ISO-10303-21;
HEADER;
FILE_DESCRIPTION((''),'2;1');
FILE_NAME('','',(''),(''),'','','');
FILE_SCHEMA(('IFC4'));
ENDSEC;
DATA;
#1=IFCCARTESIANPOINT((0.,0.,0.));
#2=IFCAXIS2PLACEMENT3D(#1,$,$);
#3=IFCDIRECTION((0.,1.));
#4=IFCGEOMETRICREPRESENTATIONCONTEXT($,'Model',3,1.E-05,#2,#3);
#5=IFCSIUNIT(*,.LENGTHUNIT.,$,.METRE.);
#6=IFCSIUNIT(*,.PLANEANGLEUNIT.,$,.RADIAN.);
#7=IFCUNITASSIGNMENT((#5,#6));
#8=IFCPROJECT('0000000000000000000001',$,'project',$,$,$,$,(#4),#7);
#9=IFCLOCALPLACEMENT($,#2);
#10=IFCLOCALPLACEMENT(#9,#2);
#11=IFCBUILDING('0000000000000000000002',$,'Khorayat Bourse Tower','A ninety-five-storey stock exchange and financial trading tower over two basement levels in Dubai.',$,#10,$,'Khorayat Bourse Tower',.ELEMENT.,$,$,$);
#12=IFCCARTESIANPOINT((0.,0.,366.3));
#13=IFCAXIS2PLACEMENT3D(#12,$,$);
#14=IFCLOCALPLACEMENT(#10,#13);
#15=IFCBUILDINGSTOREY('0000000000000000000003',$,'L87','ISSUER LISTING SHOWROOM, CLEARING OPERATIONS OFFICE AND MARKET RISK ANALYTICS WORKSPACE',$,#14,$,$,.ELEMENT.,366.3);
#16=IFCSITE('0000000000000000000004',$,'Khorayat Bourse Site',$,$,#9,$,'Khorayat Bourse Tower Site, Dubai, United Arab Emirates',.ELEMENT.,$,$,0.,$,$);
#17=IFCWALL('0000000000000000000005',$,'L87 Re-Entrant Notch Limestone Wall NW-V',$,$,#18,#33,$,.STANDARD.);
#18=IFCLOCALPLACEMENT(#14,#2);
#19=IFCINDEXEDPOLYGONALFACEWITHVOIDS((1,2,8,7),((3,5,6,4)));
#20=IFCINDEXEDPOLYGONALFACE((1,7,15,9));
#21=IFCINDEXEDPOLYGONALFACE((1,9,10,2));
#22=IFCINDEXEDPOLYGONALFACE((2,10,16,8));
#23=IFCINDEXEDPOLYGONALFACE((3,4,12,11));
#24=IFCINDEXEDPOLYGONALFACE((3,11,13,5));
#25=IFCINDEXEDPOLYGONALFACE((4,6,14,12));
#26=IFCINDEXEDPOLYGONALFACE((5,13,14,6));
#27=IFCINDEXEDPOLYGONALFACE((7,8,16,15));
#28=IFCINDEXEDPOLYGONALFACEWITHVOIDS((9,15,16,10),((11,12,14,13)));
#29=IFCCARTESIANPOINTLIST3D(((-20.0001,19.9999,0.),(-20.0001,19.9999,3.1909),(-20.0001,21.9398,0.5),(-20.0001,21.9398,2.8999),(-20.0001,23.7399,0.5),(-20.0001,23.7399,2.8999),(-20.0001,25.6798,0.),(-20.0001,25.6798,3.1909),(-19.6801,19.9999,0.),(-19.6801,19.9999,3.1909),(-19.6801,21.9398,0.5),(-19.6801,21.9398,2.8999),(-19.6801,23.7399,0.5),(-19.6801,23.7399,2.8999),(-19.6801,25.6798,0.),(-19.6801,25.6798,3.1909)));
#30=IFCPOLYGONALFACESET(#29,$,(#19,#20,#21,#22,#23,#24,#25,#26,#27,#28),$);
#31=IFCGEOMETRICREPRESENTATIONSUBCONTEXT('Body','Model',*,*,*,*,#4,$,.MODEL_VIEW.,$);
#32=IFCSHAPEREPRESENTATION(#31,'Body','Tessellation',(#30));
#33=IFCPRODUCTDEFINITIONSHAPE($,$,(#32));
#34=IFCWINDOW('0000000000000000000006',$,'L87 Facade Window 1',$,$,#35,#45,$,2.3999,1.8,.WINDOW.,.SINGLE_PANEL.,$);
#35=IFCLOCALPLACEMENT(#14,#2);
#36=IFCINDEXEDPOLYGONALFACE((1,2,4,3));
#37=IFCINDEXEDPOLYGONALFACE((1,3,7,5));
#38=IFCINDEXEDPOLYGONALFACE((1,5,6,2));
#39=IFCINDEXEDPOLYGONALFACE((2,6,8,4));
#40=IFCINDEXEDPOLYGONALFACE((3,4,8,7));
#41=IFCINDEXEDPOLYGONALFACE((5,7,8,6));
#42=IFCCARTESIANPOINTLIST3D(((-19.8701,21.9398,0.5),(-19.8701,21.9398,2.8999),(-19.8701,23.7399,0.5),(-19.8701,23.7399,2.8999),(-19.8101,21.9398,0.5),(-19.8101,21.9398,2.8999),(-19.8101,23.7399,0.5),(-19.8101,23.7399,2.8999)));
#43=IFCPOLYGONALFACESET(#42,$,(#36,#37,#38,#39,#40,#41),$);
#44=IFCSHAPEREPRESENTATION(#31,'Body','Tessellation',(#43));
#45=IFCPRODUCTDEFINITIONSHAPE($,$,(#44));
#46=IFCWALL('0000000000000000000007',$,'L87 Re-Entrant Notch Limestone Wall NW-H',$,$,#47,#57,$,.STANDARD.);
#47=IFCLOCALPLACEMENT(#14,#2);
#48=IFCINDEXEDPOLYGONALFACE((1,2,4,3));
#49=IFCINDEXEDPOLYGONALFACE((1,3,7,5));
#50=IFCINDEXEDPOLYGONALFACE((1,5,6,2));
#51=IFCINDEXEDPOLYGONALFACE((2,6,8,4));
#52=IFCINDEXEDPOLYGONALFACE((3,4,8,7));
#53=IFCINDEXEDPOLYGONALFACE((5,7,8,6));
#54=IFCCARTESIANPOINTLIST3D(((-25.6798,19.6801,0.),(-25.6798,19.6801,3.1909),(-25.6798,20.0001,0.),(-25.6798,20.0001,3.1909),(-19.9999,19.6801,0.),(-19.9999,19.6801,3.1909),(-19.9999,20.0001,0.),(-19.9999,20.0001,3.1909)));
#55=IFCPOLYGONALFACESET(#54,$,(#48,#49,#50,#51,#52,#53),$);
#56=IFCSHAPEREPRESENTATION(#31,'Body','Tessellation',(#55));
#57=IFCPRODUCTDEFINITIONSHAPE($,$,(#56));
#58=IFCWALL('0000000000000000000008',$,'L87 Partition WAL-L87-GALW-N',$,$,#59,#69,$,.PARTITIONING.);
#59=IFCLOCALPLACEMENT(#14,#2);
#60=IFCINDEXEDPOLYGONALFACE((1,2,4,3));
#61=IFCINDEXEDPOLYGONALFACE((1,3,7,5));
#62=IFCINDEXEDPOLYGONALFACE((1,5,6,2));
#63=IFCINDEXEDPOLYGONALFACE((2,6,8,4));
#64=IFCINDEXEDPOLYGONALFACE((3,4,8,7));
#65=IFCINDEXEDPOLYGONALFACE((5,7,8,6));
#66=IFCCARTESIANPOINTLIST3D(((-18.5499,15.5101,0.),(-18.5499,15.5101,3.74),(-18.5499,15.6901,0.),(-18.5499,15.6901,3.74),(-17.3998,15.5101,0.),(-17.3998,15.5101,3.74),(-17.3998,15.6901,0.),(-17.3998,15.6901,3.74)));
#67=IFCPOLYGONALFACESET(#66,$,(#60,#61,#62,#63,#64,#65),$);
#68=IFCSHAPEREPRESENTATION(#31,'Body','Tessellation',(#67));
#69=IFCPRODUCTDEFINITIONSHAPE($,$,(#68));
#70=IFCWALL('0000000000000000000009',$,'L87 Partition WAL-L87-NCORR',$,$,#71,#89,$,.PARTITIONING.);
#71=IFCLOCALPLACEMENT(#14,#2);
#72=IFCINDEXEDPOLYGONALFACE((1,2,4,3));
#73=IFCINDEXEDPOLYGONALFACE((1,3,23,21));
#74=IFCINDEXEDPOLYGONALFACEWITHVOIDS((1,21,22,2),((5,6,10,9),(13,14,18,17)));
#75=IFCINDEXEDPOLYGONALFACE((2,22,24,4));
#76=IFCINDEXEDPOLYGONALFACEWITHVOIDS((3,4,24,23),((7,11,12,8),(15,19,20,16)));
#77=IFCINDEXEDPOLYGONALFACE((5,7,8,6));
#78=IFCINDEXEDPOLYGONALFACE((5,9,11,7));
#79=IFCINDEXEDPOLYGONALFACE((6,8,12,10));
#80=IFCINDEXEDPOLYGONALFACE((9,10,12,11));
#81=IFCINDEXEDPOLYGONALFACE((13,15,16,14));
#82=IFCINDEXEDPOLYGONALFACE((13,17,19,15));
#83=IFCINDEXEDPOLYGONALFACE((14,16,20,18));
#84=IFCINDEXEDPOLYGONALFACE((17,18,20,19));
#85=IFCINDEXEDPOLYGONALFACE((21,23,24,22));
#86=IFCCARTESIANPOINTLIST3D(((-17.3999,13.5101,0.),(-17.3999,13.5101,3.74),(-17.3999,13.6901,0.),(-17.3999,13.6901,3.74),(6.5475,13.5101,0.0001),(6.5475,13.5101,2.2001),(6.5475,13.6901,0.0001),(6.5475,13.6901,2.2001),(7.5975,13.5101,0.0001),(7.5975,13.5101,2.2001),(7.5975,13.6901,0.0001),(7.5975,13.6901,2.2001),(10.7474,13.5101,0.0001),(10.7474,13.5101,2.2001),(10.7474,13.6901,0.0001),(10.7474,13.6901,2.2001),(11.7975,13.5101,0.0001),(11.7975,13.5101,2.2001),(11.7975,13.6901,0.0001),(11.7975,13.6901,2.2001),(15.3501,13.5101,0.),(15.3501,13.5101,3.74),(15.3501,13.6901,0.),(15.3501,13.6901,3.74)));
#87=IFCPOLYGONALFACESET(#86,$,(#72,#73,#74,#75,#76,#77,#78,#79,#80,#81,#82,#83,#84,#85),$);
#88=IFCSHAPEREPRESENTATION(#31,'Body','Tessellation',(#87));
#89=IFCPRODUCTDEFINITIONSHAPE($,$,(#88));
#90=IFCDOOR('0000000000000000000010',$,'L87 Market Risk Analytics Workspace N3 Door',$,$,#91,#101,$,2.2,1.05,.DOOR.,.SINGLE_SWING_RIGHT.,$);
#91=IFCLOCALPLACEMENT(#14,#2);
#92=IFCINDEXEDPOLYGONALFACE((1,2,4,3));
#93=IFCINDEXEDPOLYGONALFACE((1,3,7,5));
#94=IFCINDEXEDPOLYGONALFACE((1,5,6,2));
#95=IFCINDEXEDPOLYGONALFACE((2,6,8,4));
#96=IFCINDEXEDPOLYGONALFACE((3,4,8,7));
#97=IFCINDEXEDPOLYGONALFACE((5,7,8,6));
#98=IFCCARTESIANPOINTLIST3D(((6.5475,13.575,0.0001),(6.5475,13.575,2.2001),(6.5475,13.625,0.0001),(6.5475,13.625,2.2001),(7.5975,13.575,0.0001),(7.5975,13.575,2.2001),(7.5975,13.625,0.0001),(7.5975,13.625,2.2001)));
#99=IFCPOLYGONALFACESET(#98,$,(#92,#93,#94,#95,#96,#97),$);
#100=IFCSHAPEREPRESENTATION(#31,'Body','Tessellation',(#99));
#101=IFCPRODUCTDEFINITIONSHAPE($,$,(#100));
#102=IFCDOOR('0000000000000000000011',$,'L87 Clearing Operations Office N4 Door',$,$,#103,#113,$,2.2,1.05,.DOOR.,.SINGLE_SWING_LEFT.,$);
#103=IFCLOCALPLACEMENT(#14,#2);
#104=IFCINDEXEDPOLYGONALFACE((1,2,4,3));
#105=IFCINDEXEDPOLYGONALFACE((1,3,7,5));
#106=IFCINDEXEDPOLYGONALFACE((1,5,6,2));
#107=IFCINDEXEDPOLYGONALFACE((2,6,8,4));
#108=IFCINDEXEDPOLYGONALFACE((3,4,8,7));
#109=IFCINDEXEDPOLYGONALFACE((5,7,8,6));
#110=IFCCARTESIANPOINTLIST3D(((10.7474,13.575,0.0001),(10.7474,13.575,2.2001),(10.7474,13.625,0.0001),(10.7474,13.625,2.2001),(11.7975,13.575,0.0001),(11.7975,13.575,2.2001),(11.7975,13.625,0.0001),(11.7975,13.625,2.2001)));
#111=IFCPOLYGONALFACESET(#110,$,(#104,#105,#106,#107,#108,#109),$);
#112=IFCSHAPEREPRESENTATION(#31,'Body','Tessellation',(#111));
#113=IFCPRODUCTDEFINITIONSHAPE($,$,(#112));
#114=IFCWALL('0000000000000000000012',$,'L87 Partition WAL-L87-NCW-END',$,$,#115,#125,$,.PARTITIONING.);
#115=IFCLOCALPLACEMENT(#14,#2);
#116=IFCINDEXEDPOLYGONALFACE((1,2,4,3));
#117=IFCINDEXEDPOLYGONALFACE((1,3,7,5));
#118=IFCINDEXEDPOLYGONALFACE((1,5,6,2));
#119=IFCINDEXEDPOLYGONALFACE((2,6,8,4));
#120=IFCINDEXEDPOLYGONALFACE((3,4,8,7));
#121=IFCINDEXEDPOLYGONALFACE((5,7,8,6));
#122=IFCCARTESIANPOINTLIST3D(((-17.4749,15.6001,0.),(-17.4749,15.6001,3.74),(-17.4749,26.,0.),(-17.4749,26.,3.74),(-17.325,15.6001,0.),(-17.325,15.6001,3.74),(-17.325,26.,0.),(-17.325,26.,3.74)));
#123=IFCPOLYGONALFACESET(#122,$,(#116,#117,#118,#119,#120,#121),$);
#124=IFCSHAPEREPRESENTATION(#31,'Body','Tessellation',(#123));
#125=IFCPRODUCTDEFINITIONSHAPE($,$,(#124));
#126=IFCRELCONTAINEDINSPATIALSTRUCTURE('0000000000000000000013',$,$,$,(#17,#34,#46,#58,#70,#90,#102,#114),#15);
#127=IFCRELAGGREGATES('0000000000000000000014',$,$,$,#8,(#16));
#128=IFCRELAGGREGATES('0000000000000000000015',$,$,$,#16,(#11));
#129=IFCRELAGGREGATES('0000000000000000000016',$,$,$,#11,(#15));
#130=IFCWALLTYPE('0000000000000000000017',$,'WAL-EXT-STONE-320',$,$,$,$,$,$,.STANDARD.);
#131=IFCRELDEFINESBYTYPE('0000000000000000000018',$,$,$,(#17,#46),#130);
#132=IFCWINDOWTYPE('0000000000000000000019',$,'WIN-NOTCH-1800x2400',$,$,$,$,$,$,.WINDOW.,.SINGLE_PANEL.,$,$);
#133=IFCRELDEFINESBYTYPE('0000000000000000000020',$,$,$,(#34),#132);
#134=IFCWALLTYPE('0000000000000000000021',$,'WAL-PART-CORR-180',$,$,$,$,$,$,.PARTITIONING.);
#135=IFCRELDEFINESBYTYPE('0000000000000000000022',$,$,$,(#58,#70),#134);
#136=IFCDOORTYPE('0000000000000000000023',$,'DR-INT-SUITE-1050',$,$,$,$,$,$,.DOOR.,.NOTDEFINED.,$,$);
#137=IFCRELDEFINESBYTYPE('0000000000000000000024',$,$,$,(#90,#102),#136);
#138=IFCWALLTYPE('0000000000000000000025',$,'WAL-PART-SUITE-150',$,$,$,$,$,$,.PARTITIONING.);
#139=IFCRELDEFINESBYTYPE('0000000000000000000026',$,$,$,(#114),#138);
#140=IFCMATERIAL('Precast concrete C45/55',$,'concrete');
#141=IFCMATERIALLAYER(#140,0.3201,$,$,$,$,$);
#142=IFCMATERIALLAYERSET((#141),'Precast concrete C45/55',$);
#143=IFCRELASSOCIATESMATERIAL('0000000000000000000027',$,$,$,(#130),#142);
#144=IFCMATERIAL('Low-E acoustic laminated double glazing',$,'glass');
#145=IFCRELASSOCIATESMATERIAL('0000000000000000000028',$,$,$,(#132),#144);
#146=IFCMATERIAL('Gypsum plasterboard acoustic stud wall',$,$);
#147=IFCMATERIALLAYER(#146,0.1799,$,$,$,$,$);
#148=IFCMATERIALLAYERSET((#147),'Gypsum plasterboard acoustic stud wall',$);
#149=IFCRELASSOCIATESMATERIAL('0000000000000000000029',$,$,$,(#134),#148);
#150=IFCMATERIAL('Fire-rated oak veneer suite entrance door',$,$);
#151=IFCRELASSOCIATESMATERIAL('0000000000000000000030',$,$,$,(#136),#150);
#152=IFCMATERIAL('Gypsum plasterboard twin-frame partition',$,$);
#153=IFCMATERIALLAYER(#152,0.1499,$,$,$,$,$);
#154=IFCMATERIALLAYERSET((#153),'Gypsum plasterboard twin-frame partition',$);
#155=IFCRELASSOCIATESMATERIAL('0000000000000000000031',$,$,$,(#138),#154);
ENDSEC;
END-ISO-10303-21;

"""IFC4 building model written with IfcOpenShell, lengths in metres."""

from ifc_helpers import new_model, si_unit, direction, frame, frame_2d, origin, place, context, subcontext, project, spatial, rectangle, extrude, source, transform, mapped, material, layer, layer_set, type_object, element, fill, save


model = new_model("IFC4")

# Units and contexts
model_context = context("Model", 3, precision=1e-05, world=origin(), true_north=direction((0.0, 1.0)))
body_context = subcontext(model_context, "Body", "Model", "MODEL_VIEW")
ifc_project = project(units=[si_unit("LENGTHUNIT", "METRE"), si_unit("PLANEANGLEUNIT", "RADIAN")], contexts=[model_context])

# Site, building, storey
site_placement = place(None, origin())
site = spatial("IfcSite", under=ifc_project, at=site_placement, Name="Khorayat Bourse Site", LongName="Khorayat Bourse Tower Site, Dubai, United Arab Emirates", CompositionType="ELEMENT", RefElevation=0.0)
building_placement = place(site_placement, origin())
building = spatial("IfcBuilding", under=site, at=building_placement, Name="Khorayat Bourse Tower", Description="A ninety-five-storey stock exchange and financial trading tower over two basement levels in Dubai.", LongName="Khorayat Bourse Tower", CompositionType="ELEMENT")
storey_placement = place(building_placement, frame((0.0, 0.0, 366.3)))
storey = spatial("IfcBuildingStorey", under=building, at=storey_placement, Name="L87", Description="ISSUER LISTING SHOWROOM, CLEARING OPERATIONS OFFICE AND MARKET RISK ANALYTICS WORKSPACE", CompositionType="ELEMENT", Elevation=366.3)

# Wall, opening, window
ifc_material_1 = material(Name="Precast concrete C45/55", Category="concrete")
ifc_layer_1 = layer(ifc_material_1, 0.3201)
ifc_layer_set_1 = layer_set([ifc_layer_1], Name="Precast concrete C45/55")
wall_type_1 = type_object("IfcWallType", Name="WAL-EXT-STONE-320", PredefinedType="STANDARD", material=ifc_layer_set_1)
shared_shape_1 = source(origin(), body_context, "Body", "SweptSolid", [
    extrude(rectangle(XDim=5.6799, YDim=0.3201, at=frame_2d((2.8398, 0.0))), origin(), (0.0, 0.0, 1.0), 3.1909),
])
wall_1_placement = place(storey_placement, frame((-19.8401, 20.0, 0.0), z_axis=(0.0, 0.0, 1.0), x_axis=(0.0, 1.0, 0.0)))
wall_1 = element("IfcWall", 1, at=wall_1_placement, inside=storey, type_object=wall_type_1, Name="L87 Re-Entrant Notch Limestone Wall NW-V", PredefinedType="STANDARD", context=body_context, shape_type="MappedRepresentation", body=[
    mapped(shared_shape_1, transform((0.0, 0.0, 0.0), scale=1.0)),
])
shared_shape_2 = source(origin(), body_context, "Body", "SweptSolid", [
    extrude(rectangle(XDim=1.8, YDim=2.3999, at=frame_2d((0.8999, 1.2))), frame((0.0, 0.1699, 0.0), z_axis=(0.0, -1.0, 0.0), x_axis=(1.0, 0.0, 0.0)), (0.0, 0.0, 1.0), 0.3401),
])
opening_1_placement = place(wall_1_placement, frame((1.9399, 0.0, 0.5)))
opening_1 = element("IfcOpeningElement", 2, at=opening_1_placement, cuts=wall_1, PredefinedType="OPENING", context=body_context, shape_type="MappedRepresentation", body=[
    mapped(shared_shape_2, transform((0.0, 0.0, 0.0), scale=1.0)),
])
ifc_material_2 = material(Name="Low-E acoustic laminated double glazing", Category="glass")
window_type = type_object("IfcWindowType", Name="WIN-NOTCH-1800x2400", PartitioningType="SINGLE_PANEL", PredefinedType="WINDOW", material=ifc_material_2)
shared_shape_3 = source(origin(), body_context, "Body", "SweptSolid", [
    extrude(rectangle(XDim=1.8, YDim=2.3999, at=frame_2d((0.8999, 1.2))), frame((0.0, 0.03, 0.0), z_axis=(0.0, -1.0, 0.0), x_axis=(1.0, 0.0, 0.0)), (0.0, 0.0, 1.0), 0.0601),
])
window_placement = place(opening_1_placement, origin())
window = element("IfcWindow", 3, at=window_placement, inside=storey, type_object=window_type, Name="L87 Facade Window 1", OverallHeight=2.3999, OverallWidth=1.8, PartitioningType="SINGLE_PANEL", PredefinedType="WINDOW", context=body_context, shape_type="MappedRepresentation", body=[
    mapped(shared_shape_3, transform((0.0, 0.0, 0.0), scale=1.0)),
])
fill(opening_1, window)

# Walls
wall_2_placement = place(storey_placement, frame((-20.0, 19.8401, 0.0), z_axis=(0.0, 0.0, 1.0), x_axis=(-1.0, 0.0, 0.0)))
element("IfcWall", 4, at=wall_2_placement, inside=storey, type_object=wall_type_1, Name="L87 Re-Entrant Notch Limestone Wall NW-H", PredefinedType="STANDARD", context=body_context, shape_type="MappedRepresentation", body=[
    mapped(shared_shape_1, transform((0.0, 0.0, 0.0), scale=1.0)),
])
ifc_material_3 = material(Name="Gypsum plasterboard acoustic stud wall")
ifc_layer_2 = layer(ifc_material_3, 0.1799)
ifc_layer_set_2 = layer_set([ifc_layer_2], Name="Gypsum plasterboard acoustic stud wall")
wall_type_2 = type_object("IfcWallType", Name="WAL-PART-CORR-180", PredefinedType="PARTITIONING", material=ifc_layer_set_2)
shared_shape_4 = source(origin(), body_context, "Body", "SweptSolid", [
    extrude(rectangle(XDim=1.1501, YDim=0.1799, at=frame_2d((0.5752, 0.0))), origin(), (0.0, 0.0, 1.0), 3.74),
])
wall_3_placement = place(storey_placement, frame((-18.55, 15.6001, 0.0), z_axis=(0.0, 0.0, 1.0), x_axis=(1.0, 0.0, 0.0)))
element("IfcWall", 5, at=wall_3_placement, inside=storey, type_object=wall_type_2, Name="L87 Partition WAL-L87-GALW-N", PredefinedType="PARTITIONING", context=body_context, shape_type="MappedRepresentation", body=[
    mapped(shared_shape_4, transform((0.0, 0.0, 0.0), scale=1.0)),
])

# Wall, openings, doors
shared_shape_5 = source(origin(), body_context, "Body", "SweptSolid", [
    extrude(rectangle(XDim=32.75, YDim=0.1799, at=frame_2d((16.375, 0.0))), origin(), (0.0, 0.0, 1.0), 3.74),
])
wall_4_placement = place(storey_placement, frame((-17.3999, 13.6001, 0.0), z_axis=(0.0, 0.0, 1.0), x_axis=(1.0, 0.0, 0.0)))
wall_4 = element("IfcWall", 6, at=wall_4_placement, inside=storey, type_object=wall_type_2, Name="L87 Partition WAL-L87-NCORR", PredefinedType="PARTITIONING", context=body_context, shape_type="MappedRepresentation", body=[
    mapped(shared_shape_5, transform((0.0, 0.0, 0.0), scale=1.0)),
])
shared_shape_6 = source(origin(), body_context, "Body", "SweptSolid", [
    extrude(rectangle(XDim=1.05, YDim=2.2, at=frame_2d((0.5249, 1.1001))), frame((0.0, 0.0999, 0.0), z_axis=(0.0, -1.0, 0.0), x_axis=(1.0, 0.0, 0.0)), (0.0, 0.0, 1.0), 0.2),
])
opening_2_placement = place(wall_4_placement, frame((23.9475, 0.0, 0.0)))
opening_2 = element("IfcOpeningElement", 7, at=opening_2_placement, cuts=wall_4, PredefinedType="OPENING", context=body_context, shape_type="MappedRepresentation", body=[
    mapped(shared_shape_6, transform((0.0, 0.0, 0.0), scale=1.0)),
])
opening_3_placement = place(wall_4_placement, frame((28.1475, 0.0, 0.0)))
opening_3 = element("IfcOpeningElement", 8, at=opening_3_placement, cuts=wall_4, PredefinedType="OPENING", context=body_context, shape_type="MappedRepresentation", body=[
    mapped(shared_shape_6, transform((0.0, 0.0, 0.0), scale=1.0)),
])
ifc_material_4 = material(Name="Fire-rated oak veneer suite entrance door")
door_type = type_object("IfcDoorType", Name="DR-INT-SUITE-1050", OperationType="NOTDEFINED", PredefinedType="DOOR", material=ifc_material_4)
shared_shape_7 = source(origin(), body_context, "Body", "SweptSolid", [
    extrude(rectangle(XDim=1.05, YDim=2.2, at=frame_2d((0.5249, 1.1001))), frame((0.0, 0.0249, 0.0), z_axis=(0.0, -1.0, 0.0), x_axis=(1.0, 0.0, 0.0)), (0.0, 0.0, 1.0), 0.05),
])
door_1_placement = place(opening_2_placement, origin())
door_1 = element("IfcDoor", 9, at=door_1_placement, inside=storey, type_object=door_type, Name="L87 Market Risk Analytics Workspace N3 Door", OperationType="SINGLE_SWING_RIGHT", OverallHeight=2.2, OverallWidth=1.05, PredefinedType="DOOR", context=body_context, shape_type="MappedRepresentation", body=[
    mapped(shared_shape_7, transform((0.0, 0.0, 0.0), scale=1.0)),
])
fill(opening_2, door_1)
door_2_placement = place(opening_3_placement, origin())
door_2 = element("IfcDoor", 10, at=door_2_placement, inside=storey, type_object=door_type, Name="L87 Clearing Operations Office N4 Door", OperationType="SINGLE_SWING_LEFT", OverallHeight=2.2, OverallWidth=1.05, PredefinedType="DOOR", context=body_context, shape_type="MappedRepresentation", body=[
    mapped(shared_shape_7, transform((0.0, 0.0, 0.0), scale=1.0)),
])
fill(opening_3, door_2)

# Wall
ifc_material_5 = material(Name="Gypsum plasterboard twin-frame partition")
ifc_layer_3 = layer(ifc_material_5, 0.1499)
ifc_layer_set_3 = layer_set([ifc_layer_3], Name="Gypsum plasterboard twin-frame partition")
wall_type_3 = type_object("IfcWallType", Name="WAL-PART-SUITE-150", PredefinedType="PARTITIONING", material=ifc_layer_set_3)
shared_shape_8 = source(origin(), body_context, "Body", "SweptSolid", [
    extrude(rectangle(XDim=10.3999, YDim=0.1499, at=frame_2d((5.2, 0.0))), origin(), (0.0, 0.0, 1.0), 3.74),
])
wall_5_placement = place(storey_placement, frame((-17.3999, 15.6001, 0.0), z_axis=(0.0, 0.0, 1.0), x_axis=(0.0, 1.0, 0.0)))
element("IfcWall", 11, at=wall_5_placement, inside=storey, type_object=wall_type_3, Name="L87 Partition WAL-L87-NCW-END", PredefinedType="PARTITIONING", context=body_context, shape_type="MappedRepresentation", body=[
    mapped(shared_shape_8, transform((0.0, 0.0, 0.0), scale=1.0)),
])

save(model, "model.ifc")
